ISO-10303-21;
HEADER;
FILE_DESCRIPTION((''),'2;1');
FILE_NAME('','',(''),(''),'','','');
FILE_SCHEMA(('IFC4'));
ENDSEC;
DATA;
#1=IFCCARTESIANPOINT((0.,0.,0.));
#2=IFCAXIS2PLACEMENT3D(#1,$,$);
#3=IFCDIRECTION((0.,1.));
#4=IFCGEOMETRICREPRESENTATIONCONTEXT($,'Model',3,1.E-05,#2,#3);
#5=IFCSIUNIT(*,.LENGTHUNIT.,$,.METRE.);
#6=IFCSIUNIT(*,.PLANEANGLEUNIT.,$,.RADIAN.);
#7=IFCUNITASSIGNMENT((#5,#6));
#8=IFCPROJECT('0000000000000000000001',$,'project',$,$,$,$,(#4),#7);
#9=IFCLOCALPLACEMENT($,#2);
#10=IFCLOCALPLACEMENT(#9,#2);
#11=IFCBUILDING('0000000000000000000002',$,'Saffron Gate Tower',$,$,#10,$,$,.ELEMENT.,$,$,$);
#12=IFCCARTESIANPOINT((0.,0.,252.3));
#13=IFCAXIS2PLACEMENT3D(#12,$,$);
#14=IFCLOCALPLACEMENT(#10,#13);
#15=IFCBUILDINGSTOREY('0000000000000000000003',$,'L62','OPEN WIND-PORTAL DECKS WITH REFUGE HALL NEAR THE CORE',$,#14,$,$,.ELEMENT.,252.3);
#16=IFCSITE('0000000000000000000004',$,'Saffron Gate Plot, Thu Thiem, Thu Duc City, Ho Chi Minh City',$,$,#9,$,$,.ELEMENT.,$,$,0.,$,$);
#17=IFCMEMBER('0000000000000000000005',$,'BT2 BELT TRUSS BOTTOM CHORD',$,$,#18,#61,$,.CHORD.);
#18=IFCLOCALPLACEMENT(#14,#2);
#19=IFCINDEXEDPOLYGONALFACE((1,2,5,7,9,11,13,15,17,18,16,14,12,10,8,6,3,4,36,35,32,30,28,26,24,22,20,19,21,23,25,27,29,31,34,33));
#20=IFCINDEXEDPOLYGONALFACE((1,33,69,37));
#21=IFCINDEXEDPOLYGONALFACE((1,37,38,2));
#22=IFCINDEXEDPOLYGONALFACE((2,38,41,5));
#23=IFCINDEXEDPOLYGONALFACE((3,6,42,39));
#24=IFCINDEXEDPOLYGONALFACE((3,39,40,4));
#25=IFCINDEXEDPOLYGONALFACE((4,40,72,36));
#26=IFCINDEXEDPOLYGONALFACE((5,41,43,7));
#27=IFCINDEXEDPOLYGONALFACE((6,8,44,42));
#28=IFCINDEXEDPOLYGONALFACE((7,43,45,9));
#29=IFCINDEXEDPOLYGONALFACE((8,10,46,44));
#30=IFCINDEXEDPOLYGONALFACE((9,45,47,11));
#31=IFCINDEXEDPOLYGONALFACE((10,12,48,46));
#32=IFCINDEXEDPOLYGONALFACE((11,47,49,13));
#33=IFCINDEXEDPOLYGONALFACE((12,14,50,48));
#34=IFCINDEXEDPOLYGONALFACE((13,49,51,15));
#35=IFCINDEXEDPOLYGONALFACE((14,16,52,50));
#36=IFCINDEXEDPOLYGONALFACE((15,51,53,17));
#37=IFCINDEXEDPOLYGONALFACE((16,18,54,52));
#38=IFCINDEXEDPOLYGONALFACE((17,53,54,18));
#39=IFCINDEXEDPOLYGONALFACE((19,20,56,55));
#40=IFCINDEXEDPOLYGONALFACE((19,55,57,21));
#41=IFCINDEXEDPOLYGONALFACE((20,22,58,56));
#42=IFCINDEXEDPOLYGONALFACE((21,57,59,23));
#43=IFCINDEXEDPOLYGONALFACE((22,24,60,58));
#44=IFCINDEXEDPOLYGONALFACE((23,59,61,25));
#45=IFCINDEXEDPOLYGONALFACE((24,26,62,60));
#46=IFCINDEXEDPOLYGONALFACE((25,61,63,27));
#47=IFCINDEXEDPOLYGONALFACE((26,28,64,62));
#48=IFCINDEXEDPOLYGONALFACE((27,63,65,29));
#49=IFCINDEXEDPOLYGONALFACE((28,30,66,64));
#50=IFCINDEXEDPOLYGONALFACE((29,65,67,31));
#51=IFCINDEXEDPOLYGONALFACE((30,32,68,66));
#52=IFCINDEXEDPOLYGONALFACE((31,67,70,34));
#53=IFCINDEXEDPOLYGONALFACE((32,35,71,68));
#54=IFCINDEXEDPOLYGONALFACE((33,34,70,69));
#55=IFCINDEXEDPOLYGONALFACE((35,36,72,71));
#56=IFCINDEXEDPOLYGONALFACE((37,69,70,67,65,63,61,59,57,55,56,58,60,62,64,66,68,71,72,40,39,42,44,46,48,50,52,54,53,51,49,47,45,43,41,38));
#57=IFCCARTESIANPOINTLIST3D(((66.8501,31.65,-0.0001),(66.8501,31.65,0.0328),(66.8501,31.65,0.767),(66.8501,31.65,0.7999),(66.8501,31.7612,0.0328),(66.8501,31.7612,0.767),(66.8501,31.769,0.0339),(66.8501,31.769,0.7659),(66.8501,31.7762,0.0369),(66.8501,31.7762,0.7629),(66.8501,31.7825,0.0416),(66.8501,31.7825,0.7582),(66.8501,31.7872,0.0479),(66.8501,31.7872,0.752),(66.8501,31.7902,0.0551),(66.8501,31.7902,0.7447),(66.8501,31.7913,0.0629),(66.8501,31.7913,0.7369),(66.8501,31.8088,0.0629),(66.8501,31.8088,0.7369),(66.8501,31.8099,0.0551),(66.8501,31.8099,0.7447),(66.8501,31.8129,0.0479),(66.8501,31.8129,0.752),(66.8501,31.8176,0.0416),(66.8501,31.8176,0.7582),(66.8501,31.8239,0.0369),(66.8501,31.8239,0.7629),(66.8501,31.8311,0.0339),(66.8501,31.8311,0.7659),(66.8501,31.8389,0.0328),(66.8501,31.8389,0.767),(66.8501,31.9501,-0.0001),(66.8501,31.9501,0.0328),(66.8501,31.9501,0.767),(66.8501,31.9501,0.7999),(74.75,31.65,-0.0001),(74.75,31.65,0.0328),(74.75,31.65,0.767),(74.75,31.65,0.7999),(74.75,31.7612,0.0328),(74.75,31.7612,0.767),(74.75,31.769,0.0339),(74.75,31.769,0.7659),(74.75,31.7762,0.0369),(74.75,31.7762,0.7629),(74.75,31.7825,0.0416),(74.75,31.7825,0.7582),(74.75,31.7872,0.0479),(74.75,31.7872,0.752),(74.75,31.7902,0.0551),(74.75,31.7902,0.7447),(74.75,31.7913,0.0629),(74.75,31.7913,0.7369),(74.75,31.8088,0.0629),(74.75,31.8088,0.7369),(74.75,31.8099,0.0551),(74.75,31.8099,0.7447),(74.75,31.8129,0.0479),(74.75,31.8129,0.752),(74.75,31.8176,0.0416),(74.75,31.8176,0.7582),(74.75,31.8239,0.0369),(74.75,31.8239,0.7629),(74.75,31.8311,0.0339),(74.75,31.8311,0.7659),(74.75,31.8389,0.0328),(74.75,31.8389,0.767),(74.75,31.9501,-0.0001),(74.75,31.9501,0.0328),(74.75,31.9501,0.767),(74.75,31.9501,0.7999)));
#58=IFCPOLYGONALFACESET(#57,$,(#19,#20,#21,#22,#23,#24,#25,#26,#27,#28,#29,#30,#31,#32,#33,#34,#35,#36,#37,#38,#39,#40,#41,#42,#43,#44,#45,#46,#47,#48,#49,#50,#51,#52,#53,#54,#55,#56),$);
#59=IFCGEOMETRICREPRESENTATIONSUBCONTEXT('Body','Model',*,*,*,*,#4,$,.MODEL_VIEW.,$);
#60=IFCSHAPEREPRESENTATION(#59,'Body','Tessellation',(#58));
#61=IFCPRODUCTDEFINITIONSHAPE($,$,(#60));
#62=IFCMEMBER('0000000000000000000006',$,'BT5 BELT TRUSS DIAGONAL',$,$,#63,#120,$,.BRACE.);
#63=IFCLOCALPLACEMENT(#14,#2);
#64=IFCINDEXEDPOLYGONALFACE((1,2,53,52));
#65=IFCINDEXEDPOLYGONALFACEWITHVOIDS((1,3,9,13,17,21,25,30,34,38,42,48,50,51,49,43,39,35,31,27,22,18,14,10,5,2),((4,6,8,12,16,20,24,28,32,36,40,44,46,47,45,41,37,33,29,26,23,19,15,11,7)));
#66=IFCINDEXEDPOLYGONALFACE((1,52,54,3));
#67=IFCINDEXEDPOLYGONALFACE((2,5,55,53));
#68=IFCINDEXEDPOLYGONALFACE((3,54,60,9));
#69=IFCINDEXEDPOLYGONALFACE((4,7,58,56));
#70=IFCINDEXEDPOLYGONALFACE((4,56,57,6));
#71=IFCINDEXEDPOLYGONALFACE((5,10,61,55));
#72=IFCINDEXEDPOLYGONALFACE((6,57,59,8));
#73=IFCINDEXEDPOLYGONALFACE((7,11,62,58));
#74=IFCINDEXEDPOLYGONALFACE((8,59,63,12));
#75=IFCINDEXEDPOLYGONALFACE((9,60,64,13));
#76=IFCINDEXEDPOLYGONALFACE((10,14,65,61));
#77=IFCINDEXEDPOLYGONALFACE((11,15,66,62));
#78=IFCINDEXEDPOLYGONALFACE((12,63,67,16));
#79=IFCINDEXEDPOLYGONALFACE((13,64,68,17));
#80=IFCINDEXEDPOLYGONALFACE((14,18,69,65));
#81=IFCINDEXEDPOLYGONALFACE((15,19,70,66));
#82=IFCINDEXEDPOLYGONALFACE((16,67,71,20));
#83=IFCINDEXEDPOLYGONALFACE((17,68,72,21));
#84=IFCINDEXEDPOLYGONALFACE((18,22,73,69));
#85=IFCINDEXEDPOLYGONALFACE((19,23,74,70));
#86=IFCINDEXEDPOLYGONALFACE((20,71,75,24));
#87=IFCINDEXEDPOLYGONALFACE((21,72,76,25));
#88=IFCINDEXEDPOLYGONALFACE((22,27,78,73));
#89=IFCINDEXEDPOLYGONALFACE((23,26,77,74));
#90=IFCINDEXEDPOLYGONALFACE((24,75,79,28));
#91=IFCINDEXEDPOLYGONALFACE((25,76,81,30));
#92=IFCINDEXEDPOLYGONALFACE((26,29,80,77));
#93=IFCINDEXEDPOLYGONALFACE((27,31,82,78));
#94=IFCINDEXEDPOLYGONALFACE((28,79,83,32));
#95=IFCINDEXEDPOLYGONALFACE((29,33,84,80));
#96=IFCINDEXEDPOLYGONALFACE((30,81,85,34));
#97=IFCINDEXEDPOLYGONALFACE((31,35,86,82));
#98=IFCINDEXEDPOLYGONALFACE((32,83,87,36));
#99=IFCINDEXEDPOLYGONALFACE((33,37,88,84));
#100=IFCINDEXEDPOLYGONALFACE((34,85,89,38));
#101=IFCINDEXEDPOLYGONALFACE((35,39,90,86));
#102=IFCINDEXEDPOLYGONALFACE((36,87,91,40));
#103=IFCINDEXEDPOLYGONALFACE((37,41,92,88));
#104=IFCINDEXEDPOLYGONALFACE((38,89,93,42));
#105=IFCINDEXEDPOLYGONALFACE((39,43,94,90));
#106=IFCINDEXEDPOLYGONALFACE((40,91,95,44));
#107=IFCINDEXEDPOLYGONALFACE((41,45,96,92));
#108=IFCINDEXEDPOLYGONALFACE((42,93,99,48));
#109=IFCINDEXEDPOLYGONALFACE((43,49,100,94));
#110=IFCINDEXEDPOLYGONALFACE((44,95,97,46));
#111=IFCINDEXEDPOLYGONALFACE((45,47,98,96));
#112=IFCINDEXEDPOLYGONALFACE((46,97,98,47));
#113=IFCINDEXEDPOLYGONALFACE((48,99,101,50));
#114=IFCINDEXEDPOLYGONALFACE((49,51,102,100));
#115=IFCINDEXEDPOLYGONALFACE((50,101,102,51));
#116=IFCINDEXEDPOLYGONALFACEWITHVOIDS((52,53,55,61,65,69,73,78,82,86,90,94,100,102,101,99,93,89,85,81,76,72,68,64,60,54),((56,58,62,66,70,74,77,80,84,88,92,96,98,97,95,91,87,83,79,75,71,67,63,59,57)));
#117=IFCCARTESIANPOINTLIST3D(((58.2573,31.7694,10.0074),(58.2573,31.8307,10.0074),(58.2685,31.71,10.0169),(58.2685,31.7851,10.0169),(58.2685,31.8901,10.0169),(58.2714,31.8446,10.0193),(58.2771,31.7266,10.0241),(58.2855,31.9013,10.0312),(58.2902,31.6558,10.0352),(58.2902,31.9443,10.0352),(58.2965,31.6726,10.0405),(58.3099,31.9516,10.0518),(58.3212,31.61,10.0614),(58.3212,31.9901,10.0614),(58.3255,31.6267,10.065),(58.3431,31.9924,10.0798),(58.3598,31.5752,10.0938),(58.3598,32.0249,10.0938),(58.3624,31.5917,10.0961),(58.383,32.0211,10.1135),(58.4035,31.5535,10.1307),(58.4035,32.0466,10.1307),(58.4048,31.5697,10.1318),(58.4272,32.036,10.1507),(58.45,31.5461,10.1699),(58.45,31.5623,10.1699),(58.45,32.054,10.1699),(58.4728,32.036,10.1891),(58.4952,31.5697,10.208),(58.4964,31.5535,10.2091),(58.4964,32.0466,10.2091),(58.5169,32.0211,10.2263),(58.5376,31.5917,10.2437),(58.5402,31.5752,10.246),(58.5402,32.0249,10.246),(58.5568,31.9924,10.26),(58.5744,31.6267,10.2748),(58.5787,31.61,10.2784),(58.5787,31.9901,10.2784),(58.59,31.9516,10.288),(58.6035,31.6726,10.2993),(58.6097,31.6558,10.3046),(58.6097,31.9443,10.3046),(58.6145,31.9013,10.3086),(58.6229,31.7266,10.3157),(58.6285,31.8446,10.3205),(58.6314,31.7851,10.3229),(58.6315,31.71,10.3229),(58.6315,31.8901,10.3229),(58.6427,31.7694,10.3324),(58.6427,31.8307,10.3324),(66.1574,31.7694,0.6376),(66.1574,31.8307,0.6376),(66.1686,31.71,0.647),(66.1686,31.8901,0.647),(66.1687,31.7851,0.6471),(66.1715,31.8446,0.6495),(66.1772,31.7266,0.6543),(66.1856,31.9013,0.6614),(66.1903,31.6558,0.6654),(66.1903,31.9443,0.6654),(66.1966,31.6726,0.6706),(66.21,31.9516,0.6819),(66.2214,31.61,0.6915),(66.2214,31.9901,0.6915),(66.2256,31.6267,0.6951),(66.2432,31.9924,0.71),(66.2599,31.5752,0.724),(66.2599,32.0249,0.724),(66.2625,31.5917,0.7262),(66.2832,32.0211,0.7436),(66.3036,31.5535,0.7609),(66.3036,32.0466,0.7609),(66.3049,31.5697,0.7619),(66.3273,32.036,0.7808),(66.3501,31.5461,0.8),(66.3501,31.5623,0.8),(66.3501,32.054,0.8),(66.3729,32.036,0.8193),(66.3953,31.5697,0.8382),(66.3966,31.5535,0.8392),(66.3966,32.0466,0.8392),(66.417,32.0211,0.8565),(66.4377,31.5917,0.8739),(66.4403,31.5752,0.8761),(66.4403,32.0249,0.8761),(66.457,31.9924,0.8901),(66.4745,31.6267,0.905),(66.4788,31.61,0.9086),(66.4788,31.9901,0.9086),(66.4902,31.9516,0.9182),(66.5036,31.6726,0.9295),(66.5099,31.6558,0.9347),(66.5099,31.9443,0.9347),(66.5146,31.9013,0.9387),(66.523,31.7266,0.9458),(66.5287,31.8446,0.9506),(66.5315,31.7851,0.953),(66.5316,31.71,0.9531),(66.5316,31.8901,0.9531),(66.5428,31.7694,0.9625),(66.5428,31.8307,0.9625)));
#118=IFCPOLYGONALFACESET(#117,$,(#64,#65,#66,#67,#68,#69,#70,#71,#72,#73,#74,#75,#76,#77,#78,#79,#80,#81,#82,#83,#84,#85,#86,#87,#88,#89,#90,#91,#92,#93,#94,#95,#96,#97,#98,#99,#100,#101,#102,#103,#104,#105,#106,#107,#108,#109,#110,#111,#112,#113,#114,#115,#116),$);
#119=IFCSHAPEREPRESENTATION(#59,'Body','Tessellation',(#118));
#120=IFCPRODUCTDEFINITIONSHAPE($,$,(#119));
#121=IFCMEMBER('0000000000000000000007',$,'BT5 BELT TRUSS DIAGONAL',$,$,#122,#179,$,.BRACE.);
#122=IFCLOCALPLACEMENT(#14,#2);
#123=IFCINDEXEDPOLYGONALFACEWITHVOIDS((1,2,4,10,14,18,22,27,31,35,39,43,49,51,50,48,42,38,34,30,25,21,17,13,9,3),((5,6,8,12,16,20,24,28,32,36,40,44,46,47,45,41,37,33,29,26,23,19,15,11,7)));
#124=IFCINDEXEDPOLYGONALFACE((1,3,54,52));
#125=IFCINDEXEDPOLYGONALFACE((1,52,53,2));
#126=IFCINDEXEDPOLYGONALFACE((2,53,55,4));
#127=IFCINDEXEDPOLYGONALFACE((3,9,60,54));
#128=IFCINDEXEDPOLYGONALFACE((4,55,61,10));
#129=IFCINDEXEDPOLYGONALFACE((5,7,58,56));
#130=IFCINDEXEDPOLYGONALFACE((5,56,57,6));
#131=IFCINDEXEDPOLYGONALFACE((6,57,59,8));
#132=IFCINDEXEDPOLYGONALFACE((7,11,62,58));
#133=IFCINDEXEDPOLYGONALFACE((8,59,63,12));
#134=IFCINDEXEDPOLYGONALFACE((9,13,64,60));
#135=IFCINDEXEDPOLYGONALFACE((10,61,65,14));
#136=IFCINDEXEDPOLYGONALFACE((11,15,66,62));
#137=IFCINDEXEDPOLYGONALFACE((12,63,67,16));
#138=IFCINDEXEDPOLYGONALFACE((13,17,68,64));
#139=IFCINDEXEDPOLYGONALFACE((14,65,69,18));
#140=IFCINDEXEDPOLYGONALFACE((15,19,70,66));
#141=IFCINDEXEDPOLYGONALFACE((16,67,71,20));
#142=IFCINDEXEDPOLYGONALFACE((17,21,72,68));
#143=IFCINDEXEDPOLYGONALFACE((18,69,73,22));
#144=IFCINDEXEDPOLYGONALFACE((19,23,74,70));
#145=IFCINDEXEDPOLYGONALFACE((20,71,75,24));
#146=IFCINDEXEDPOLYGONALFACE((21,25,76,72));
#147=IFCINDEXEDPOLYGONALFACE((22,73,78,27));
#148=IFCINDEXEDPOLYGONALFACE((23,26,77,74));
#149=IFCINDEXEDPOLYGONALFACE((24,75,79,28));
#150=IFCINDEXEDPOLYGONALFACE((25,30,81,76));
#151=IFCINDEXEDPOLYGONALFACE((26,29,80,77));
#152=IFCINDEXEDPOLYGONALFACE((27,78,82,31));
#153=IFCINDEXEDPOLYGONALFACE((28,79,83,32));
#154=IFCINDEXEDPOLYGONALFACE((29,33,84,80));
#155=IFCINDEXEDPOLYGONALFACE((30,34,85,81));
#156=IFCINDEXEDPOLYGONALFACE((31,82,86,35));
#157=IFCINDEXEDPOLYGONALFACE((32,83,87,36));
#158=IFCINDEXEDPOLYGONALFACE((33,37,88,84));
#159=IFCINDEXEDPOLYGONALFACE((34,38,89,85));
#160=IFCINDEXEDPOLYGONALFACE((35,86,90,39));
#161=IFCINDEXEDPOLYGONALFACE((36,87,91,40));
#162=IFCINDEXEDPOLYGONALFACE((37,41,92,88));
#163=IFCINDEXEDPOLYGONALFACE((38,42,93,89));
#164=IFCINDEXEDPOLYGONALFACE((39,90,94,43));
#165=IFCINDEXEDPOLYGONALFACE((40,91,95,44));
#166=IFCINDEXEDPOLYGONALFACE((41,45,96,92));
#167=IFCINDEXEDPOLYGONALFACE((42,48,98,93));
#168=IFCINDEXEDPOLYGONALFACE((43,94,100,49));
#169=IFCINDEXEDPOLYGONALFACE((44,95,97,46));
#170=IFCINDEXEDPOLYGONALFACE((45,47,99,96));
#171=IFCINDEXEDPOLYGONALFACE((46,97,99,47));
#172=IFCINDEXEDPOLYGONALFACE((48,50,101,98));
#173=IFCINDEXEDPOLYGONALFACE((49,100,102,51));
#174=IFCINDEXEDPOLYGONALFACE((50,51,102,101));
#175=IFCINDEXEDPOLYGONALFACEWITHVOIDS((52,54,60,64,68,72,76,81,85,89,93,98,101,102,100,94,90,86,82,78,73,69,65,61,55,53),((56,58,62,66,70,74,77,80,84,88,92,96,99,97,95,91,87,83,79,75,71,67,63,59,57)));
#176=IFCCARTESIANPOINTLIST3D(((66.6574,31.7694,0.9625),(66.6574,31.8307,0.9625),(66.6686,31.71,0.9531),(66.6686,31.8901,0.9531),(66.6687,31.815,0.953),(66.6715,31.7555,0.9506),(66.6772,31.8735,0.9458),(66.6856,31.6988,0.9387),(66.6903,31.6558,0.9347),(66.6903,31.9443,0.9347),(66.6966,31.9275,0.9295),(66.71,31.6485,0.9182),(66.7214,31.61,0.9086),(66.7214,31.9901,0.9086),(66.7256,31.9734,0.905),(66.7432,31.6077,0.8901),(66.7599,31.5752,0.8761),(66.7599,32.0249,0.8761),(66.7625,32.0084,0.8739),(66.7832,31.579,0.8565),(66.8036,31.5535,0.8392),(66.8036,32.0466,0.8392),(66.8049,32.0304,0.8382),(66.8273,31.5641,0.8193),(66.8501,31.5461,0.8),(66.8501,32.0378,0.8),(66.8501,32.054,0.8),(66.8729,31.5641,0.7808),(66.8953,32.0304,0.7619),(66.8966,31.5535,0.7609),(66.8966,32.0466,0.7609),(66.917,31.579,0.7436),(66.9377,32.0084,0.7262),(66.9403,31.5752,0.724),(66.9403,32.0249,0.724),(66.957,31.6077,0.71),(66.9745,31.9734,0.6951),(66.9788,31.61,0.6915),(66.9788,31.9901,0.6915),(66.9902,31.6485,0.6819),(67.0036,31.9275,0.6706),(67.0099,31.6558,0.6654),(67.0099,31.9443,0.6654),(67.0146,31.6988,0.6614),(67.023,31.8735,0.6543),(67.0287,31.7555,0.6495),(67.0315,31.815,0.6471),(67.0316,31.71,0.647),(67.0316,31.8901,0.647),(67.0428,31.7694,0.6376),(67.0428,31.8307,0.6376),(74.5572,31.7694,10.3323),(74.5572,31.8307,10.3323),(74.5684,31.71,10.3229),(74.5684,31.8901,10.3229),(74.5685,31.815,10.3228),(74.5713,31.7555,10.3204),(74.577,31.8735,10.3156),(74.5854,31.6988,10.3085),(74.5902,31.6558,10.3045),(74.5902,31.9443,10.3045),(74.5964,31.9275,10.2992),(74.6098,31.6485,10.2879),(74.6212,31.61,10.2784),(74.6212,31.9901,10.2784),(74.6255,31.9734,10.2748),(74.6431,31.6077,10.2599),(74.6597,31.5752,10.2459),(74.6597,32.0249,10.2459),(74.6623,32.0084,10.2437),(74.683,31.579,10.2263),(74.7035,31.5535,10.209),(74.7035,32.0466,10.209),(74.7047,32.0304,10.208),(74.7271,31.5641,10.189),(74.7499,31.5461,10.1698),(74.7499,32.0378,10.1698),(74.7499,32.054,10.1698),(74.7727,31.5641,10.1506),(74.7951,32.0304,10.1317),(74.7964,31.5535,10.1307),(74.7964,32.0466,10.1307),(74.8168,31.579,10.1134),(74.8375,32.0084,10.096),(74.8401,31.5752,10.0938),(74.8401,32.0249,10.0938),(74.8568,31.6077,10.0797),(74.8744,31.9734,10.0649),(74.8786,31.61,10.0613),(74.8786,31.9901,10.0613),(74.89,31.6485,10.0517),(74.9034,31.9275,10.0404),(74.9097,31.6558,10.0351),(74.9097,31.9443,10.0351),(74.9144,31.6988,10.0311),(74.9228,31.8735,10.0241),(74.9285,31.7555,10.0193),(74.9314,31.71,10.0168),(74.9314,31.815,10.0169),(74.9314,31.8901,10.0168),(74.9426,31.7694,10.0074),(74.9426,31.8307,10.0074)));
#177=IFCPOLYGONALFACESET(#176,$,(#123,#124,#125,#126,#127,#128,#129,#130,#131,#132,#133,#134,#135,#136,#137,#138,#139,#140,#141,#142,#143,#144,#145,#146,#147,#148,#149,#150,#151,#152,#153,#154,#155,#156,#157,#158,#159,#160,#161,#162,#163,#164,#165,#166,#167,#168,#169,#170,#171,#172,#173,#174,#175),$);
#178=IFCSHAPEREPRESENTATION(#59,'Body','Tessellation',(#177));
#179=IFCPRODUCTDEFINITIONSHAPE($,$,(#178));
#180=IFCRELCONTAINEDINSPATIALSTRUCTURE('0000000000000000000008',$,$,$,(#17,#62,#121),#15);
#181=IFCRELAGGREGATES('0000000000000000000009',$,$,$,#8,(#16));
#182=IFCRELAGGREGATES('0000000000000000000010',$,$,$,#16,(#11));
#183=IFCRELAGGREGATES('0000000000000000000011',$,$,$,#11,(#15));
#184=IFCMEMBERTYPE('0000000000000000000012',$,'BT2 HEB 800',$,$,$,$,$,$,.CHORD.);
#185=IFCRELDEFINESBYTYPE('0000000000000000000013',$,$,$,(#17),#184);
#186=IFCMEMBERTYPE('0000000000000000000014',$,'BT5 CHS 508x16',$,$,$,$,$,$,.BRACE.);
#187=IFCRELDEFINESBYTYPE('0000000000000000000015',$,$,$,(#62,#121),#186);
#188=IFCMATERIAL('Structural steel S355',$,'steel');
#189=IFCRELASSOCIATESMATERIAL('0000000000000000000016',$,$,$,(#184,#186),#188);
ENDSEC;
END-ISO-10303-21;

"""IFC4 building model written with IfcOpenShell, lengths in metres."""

from ifc_helpers import new_model, si_unit, direction, frame, origin, origin_2d, place, context, subcontext, project, spatial, hollow_circle, i_section, extrude, material, material_profile, profile_set, type_object, element, save


model = new_model("IFC4")

# Units and contexts
model_context = context("Model", 3, precision=1e-05, world=origin(), true_north=direction((0.0, 1.0)))
body_context = subcontext(model_context, "Body", "Model", "MODEL_VIEW")
ifc_project = project(units=[si_unit("LENGTHUNIT", "METRE"), si_unit("PLANEANGLEUNIT", "RADIAN")], contexts=[model_context])

# Site, building, storey
site_placement = place(None, origin())
site = spatial("IfcSite", under=ifc_project, at=site_placement, Name="Saffron Gate Plot, Thu Thiem, Thu Duc City, Ho Chi Minh City", CompositionType="ELEMENT", RefElevation=0.0)
building_placement = place(site_placement, origin())
building = spatial("IfcBuilding", under=site, at=building_placement, Name="Saffron Gate Tower", CompositionType="ELEMENT")
storey_placement = place(building_placement, frame((0.0, 0.0, 252.3)))
storey = spatial("IfcBuildingStorey", under=building, at=storey_placement, Name="L62", Description="OPEN WIND-PORTAL DECKS WITH REFUGE HALL NEAR THE CORE", CompositionType="ELEMENT", Elevation=252.3)

# Shared definitions
ifc_material_1 = material(Name="Structural steel S355", Category="steel")

# Members
ifc_material_profile_1 = material_profile(ifc_material_1, i_section(OverallWidth=0.3, OverallDepth=0.8, WebThickness=0.0176, FlangeThickness=0.033, FilletRadius=0.03, at=origin_2d()))
ifc_profile_set_1 = profile_set([ifc_material_profile_1], Name="Structural steel S355")
member_type_1 = type_object("IfcMemberType", Name="BT2 HEB 800", PredefinedType="CHORD", material=ifc_profile_set_1)
for number, where, z_axis, x_axis, name in (
    (1, (66.8501, 31.8, 0.3999), (1.0, 0.0, 0.0), (0.0, 1.0, 0.0), "BT2 BELT TRUSS BOTTOM CHORD"),
):
    element("IfcMember", number, at=place(storey_placement, frame(where, z_axis=z_axis, x_axis=x_axis)), inside=storey, type_object=member_type_1, Name=name, PredefinedType="CHORD", context=body_context, shape_type="SweptSolid", body=[
        extrude(i_section(OverallWidth=0.3, OverallDepth=0.8, WebThickness=0.0176, FlangeThickness=0.033, FilletRadius=0.03, at=origin_2d()), origin(), (0.0, 0.0, 1.0), 7.8999),
    ])
ifc_material_profile_2 = material_profile(ifc_material_1, hollow_circle(Radius=0.2539, WallThickness=0.0161, at=origin_2d()))
ifc_profile_set_2 = profile_set([ifc_material_profile_2], Name="Structural steel S355")
member_type_2 = type_object("IfcMemberType", Name="BT5 CHS 508x16", PredefinedType="BRACE", material=ifc_profile_set_2)
member_1_placement = place(storey_placement, frame((66.3501, 31.8, 0.8), z_axis=(-0.6446, 0.0, 0.76452), x_axis=(0.0, -1.0, 0.0)))
element("IfcMember", 2, at=member_1_placement, inside=storey, type_object=member_type_2, Name="BT5 BELT TRUSS DIAGONAL", PredefinedType="BRACE", context=body_context, shape_type="SweptSolid", body=[
    extrude(hollow_circle(Radius=0.2539, WallThickness=0.0161, at=origin_2d()), origin(), (0.0, 0.0, 1.0), 12.2559),
])
member_2_placement = place(storey_placement, frame((66.8501, 31.8, 0.8), z_axis=(0.644588, 0.0, 0.76453), x_axis=(0.0, 1.0, 0.0)))
element("IfcMember", 3, at=member_2_placement, inside=storey, type_object=member_type_2, Name="BT5 BELT TRUSS DIAGONAL", PredefinedType="BRACE", context=body_context, shape_type="SweptSolid", body=[
    extrude(hollow_circle(Radius=0.2539, WallThickness=0.0161, at=origin_2d()), origin(), (0.0, 0.0, 1.0), 12.2556),
])

save(model, "model.ifc")
